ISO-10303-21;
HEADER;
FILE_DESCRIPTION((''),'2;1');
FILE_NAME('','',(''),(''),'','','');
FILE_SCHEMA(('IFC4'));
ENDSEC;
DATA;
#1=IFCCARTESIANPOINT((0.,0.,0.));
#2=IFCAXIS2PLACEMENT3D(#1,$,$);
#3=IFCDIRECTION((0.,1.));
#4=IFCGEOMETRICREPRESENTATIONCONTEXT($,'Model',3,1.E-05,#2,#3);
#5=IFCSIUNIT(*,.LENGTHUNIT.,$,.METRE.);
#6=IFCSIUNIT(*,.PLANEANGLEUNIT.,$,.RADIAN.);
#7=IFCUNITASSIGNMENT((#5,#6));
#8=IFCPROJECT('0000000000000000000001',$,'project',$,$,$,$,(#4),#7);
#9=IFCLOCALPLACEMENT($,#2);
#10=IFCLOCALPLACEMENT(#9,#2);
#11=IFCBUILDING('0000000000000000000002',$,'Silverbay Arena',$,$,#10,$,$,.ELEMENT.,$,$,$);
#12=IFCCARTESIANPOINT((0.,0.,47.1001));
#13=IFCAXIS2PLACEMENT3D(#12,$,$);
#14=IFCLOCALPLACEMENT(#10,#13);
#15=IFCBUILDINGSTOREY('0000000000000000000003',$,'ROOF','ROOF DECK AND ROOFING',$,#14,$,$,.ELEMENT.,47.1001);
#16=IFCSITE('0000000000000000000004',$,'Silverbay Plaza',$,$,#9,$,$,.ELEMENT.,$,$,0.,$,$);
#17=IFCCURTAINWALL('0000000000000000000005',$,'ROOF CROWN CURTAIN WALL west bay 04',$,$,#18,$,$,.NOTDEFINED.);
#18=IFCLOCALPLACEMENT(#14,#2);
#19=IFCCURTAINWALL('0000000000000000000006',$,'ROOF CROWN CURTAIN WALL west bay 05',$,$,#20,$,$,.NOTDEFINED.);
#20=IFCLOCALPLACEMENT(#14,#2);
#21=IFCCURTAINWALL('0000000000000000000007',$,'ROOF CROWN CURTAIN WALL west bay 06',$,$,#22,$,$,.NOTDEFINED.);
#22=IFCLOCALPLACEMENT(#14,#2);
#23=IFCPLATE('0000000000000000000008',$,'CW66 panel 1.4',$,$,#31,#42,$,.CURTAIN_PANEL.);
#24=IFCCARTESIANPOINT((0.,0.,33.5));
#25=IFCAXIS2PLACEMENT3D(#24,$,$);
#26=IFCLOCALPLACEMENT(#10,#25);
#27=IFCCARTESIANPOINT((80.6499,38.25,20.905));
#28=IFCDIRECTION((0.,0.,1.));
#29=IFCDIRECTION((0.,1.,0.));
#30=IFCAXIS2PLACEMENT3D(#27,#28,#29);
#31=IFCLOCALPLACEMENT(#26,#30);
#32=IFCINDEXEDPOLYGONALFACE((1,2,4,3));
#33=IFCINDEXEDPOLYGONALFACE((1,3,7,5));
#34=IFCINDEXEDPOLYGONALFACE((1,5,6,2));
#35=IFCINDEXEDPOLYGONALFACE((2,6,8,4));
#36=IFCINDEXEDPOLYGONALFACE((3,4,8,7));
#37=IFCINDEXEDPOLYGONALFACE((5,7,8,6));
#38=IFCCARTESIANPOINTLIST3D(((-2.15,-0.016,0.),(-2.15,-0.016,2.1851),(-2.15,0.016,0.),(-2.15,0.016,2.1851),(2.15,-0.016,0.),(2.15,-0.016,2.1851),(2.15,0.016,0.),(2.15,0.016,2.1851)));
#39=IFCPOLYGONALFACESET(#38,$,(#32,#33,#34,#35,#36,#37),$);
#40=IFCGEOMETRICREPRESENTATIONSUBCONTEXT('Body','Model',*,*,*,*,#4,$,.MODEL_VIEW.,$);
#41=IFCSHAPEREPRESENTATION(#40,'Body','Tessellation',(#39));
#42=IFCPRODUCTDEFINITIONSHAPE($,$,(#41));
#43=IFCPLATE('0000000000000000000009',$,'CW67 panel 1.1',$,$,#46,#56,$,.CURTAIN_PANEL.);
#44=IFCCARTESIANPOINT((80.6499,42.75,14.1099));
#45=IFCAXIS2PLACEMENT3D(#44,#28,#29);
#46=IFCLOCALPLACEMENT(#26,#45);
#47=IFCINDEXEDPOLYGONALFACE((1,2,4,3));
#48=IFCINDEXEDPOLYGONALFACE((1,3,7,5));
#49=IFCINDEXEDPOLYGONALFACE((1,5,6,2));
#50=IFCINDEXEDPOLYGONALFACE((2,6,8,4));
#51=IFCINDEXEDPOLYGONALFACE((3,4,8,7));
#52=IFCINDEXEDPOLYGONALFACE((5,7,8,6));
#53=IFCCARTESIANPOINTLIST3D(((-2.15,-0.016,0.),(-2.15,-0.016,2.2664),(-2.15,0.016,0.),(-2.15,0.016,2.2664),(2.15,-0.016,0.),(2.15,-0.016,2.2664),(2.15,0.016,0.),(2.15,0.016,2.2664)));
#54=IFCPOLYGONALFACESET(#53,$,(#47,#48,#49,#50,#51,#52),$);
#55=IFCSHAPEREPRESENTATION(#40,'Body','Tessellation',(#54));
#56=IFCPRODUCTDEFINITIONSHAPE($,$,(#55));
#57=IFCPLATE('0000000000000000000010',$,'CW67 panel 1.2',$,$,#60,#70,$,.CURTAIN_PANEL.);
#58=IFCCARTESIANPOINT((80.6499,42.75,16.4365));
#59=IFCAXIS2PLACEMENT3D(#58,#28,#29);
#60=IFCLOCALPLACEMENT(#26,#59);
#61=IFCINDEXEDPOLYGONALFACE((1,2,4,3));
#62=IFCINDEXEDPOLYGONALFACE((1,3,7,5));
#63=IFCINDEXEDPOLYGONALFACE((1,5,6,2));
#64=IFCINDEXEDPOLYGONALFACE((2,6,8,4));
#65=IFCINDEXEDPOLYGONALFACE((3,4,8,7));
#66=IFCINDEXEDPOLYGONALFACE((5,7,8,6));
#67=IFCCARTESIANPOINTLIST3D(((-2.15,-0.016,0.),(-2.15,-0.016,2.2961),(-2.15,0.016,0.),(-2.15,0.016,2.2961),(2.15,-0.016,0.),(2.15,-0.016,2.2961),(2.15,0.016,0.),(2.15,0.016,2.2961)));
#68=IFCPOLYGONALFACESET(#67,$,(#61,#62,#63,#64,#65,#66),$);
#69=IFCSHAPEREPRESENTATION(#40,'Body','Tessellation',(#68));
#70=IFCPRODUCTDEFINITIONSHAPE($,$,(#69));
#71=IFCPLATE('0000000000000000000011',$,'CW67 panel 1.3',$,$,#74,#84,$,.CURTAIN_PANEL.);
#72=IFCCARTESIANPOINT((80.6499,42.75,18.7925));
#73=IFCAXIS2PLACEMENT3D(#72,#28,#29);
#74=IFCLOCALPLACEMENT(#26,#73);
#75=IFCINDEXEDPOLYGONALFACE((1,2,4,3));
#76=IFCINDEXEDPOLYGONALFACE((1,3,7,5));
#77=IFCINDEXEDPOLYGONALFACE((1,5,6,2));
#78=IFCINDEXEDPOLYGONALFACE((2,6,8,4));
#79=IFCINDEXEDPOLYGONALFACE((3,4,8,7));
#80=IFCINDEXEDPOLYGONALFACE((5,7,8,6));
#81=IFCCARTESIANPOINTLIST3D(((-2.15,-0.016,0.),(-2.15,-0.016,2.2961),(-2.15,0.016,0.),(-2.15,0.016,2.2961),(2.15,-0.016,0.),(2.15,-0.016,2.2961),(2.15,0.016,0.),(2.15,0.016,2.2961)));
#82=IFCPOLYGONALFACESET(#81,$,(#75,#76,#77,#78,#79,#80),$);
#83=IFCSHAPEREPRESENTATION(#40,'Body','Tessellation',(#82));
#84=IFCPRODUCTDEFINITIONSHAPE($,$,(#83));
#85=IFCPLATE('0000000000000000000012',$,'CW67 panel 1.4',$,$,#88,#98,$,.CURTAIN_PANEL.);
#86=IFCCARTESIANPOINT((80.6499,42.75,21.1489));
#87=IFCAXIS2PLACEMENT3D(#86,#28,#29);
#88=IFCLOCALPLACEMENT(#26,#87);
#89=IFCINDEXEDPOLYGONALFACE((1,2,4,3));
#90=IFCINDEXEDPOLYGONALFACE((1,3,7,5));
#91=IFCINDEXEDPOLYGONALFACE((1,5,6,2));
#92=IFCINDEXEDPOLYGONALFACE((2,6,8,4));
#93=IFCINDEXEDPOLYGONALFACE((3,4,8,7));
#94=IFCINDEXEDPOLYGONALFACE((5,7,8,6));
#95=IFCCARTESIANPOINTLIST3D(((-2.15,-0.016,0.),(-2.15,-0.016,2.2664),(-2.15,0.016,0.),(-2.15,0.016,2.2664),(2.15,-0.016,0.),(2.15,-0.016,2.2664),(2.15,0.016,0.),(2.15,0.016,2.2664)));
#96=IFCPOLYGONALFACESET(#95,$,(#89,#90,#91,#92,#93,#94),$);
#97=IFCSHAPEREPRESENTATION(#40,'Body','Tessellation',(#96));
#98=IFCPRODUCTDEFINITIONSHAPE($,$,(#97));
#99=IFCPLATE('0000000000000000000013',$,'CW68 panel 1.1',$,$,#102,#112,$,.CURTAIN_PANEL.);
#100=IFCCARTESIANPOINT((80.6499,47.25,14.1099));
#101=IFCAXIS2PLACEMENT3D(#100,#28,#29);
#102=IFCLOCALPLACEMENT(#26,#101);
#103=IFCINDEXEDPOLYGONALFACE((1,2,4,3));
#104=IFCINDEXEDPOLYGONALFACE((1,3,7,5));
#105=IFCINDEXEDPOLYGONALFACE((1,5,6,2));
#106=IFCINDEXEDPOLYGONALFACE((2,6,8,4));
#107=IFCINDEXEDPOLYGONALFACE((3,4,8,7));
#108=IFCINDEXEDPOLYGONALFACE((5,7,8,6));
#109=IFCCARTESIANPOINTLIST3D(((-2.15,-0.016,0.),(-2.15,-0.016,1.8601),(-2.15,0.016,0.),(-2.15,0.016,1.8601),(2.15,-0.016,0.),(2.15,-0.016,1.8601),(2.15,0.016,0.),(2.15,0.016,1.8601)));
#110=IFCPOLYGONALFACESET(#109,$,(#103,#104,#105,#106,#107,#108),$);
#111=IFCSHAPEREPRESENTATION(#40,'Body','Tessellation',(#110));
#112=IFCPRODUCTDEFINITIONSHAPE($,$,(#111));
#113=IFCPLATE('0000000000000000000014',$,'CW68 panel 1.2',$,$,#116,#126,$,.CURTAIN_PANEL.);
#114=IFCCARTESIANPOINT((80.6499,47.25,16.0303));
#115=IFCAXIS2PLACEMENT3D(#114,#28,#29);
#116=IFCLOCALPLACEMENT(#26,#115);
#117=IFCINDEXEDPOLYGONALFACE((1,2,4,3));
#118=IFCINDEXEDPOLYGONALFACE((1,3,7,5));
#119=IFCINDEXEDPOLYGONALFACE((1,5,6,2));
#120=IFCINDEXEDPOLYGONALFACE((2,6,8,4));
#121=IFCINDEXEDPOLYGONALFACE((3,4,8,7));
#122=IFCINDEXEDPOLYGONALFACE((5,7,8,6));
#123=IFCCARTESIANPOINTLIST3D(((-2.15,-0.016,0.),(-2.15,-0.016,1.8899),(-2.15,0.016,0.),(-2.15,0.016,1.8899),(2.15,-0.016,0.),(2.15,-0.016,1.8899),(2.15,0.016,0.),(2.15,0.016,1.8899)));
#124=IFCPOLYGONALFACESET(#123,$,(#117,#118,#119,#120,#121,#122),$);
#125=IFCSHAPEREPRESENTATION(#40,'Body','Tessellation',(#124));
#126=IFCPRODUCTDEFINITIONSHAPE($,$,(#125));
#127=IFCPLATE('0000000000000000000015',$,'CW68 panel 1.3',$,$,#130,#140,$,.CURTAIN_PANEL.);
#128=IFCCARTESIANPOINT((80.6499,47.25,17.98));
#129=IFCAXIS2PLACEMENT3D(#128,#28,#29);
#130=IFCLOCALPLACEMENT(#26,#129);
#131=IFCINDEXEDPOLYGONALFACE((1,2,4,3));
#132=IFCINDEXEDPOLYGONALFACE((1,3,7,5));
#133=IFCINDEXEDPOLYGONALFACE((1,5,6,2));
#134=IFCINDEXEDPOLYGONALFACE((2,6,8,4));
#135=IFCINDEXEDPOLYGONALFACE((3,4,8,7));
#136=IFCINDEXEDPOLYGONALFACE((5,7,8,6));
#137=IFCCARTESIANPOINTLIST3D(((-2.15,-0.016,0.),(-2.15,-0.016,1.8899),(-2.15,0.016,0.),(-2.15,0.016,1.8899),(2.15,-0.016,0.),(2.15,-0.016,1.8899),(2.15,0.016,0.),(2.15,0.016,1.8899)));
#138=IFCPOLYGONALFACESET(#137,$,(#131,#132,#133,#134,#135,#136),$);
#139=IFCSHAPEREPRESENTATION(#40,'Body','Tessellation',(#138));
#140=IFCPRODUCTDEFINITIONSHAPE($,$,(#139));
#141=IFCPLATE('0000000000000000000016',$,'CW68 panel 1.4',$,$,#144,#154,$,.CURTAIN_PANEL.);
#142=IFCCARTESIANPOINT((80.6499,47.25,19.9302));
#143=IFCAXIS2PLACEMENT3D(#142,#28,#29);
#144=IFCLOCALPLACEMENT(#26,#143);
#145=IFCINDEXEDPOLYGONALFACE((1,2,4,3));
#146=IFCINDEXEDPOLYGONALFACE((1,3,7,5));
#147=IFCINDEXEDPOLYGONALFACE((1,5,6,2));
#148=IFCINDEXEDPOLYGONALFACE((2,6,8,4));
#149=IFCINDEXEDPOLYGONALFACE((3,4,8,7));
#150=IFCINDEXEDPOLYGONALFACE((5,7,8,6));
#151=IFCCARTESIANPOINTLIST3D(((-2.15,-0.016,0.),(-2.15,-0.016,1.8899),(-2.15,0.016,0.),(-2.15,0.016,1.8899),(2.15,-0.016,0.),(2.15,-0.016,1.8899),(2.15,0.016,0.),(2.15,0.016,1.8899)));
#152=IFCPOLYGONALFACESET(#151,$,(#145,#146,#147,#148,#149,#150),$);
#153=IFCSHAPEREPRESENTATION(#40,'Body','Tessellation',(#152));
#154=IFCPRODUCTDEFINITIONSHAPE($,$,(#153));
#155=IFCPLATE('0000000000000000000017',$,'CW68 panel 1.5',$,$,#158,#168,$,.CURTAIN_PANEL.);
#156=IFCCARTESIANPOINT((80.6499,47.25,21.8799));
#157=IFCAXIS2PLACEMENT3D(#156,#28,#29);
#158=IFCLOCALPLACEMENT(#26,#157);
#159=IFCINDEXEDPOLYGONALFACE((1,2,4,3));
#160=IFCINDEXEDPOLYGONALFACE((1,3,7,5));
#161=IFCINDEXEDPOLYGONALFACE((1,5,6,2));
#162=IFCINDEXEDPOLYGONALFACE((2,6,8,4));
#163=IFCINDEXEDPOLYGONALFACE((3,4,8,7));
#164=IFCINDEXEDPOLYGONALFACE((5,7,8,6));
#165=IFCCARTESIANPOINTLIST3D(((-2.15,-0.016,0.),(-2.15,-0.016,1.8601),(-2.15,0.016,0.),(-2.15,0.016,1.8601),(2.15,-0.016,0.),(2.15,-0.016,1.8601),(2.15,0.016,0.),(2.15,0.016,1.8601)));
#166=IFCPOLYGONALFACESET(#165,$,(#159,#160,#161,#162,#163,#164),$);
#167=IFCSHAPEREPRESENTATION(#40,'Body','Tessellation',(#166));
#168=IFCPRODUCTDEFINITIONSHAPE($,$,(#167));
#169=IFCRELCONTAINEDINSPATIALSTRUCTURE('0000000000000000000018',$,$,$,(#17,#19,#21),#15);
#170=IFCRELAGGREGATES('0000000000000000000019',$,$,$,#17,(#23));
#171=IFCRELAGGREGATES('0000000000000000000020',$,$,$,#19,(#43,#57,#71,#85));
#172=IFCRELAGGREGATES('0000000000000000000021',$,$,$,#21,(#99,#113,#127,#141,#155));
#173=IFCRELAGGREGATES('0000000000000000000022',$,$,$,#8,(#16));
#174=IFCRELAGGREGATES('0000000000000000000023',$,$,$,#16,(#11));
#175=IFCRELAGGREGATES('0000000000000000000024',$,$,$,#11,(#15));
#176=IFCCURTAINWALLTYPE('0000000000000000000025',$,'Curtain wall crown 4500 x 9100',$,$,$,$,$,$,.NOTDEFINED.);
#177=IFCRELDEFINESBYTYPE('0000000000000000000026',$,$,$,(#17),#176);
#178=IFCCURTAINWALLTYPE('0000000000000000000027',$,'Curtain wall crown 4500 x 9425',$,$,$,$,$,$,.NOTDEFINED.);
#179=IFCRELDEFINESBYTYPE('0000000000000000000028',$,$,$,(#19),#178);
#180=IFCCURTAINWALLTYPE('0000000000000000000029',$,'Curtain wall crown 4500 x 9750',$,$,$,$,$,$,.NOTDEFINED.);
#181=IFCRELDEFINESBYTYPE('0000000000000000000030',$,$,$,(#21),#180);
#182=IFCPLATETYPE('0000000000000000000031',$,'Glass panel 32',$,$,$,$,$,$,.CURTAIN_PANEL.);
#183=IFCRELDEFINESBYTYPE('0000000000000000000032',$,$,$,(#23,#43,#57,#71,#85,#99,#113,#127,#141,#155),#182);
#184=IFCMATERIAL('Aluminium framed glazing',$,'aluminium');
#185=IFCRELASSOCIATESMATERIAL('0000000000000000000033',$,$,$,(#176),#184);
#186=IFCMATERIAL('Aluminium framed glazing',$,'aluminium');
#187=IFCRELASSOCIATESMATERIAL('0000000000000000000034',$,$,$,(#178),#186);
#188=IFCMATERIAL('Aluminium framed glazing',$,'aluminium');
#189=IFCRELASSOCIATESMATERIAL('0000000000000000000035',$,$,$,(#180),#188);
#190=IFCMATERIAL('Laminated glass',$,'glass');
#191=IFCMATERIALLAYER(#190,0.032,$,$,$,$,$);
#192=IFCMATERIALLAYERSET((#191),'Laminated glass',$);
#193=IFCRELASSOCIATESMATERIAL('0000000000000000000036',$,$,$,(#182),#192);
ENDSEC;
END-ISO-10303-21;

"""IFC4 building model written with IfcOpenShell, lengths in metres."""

from ifc_helpers import new_model, si_unit, direction, frame, origin, origin_2d, place, context, subcontext, project, spatial, rectangle, extrude, material, layer, layer_set, type_object, element, aggregate, save


model = new_model("IFC4")

# Units and contexts
model_context = context("Model", 3, precision=1e-05, world=origin(), true_north=direction((0.0, 1.0)))
body_context = subcontext(model_context, "Body", "Model", "MODEL_VIEW")
ifc_project = project(units=[si_unit("LENGTHUNIT", "METRE"), si_unit("PLANEANGLEUNIT", "RADIAN")], contexts=[model_context])

# Site, building, storey
site_placement = place(None, origin())
site = spatial("IfcSite", under=ifc_project, at=site_placement, Name="Silverbay Plaza", CompositionType="ELEMENT", RefElevation=0.0)
building_placement = place(site_placement, origin())
building = spatial("IfcBuilding", under=site, at=building_placement, Name="Silverbay Arena", CompositionType="ELEMENT")
storey_placement = place(building_placement, frame((0.0, 0.0, 47.1001)))
storey = spatial("IfcBuildingStorey", under=building, at=storey_placement, Name="ROOF", Description="ROOF DECK AND ROOFING", CompositionType="ELEMENT", Elevation=47.1001)

# Curtain wall
ifc_material_1 = material(Name="Aluminium framed glazing", Category="aluminium")
curtain_wall_type_1 = type_object("IfcCurtainWallType", Name="Curtain wall crown 4500 x 9100", PredefinedType="NOTDEFINED", material=ifc_material_1)
curtain_wall_1_placement = place(storey_placement, origin())
curtain_wall_1 = element("IfcCurtainWall", 1, at=curtain_wall_1_placement, inside=storey, type_object=curtain_wall_type_1, Name="ROOF CROWN CURTAIN WALL west bay 04", PredefinedType="NOTDEFINED")
placement = place(building_placement, frame((0.0, 0.0, 33.5)))

# Curtain walls
ifc_material_2 = material(Name="Aluminium framed glazing", Category="aluminium")
curtain_wall_type_2 = type_object("IfcCurtainWallType", Name="Curtain wall crown 4500 x 9425", PredefinedType="NOTDEFINED", material=ifc_material_2)
curtain_wall_2_placement = place(storey_placement, origin())
curtain_wall_2 = element("IfcCurtainWall", 2, at=curtain_wall_2_placement, inside=storey, type_object=curtain_wall_type_2, Name="ROOF CROWN CURTAIN WALL west bay 05", PredefinedType="NOTDEFINED")
ifc_material_3 = material(Name="Aluminium framed glazing", Category="aluminium")
curtain_wall_type_3 = type_object("IfcCurtainWallType", Name="Curtain wall crown 4500 x 9750", PredefinedType="NOTDEFINED", material=ifc_material_3)
curtain_wall_3_placement = place(storey_placement, origin())
curtain_wall_3 = element("IfcCurtainWall", 3, at=curtain_wall_3_placement, inside=storey, type_object=curtain_wall_type_3, Name="ROOF CROWN CURTAIN WALL west bay 06", PredefinedType="NOTDEFINED")

# Plates
ifc_material_4 = material(Name="Laminated glass", Category="glass")
ifc_layer = layer(ifc_material_4, 0.032)
ifc_layer_set = layer_set([ifc_layer], Name="Laminated glass")
plate_type = type_object("IfcPlateType", Name="Glass panel 32", PredefinedType="CURTAIN_PANEL", material=ifc_layer_set)
plate_1_placement = place(placement, frame((80.6499, 38.25, 20.905), z_axis=(0.0, 0.0, 1.0), x_axis=(0.0, 1.0, 0.0)))
plate_1 = element("IfcPlate", 4, at=plate_1_placement, type_object=plate_type, Name="CW66 panel 1.4", PredefinedType="CURTAIN_PANEL", context=body_context, shape_type="SweptSolid", body=[
    extrude(rectangle(XDim=4.3, YDim=0.032, at=origin_2d()), origin(), (0.0, 0.0, 1.0), 2.1851),
])
aggregate(curtain_wall_1, [plate_1])
plate_2_placement = place(placement, frame((80.6499, 42.75, 14.1099), z_axis=(0.0, 0.0, 1.0), x_axis=(0.0, 1.0, 0.0)))
plate_2 = element("IfcPlate", 5, at=plate_2_placement, type_object=plate_type, Name="CW67 panel 1.1", PredefinedType="CURTAIN_PANEL", context=body_context, shape_type="SweptSolid", body=[
    extrude(rectangle(XDim=4.3, YDim=0.032, at=origin_2d()), origin(), (0.0, 0.0, 1.0), 2.2664),
])
plate_3_placement = place(placement, frame((80.6499, 42.75, 16.4365), z_axis=(0.0, 0.0, 1.0), x_axis=(0.0, 1.0, 0.0)))
plate_3 = element("IfcPlate", 6, at=plate_3_placement, type_object=plate_type, Name="CW67 panel 1.2", PredefinedType="CURTAIN_PANEL", context=body_context, shape_type="SweptSolid", body=[
    extrude(rectangle(XDim=4.3, YDim=0.032, at=origin_2d()), origin(), (0.0, 0.0, 1.0), 2.2961),
])
plate_4_placement = place(placement, frame((80.6499, 42.75, 18.7925), z_axis=(0.0, 0.0, 1.0), x_axis=(0.0, 1.0, 0.0)))
plate_4 = element("IfcPlate", 7, at=plate_4_placement, type_object=plate_type, Name="CW67 panel 1.3", PredefinedType="CURTAIN_PANEL", context=body_context, shape_type="SweptSolid", body=[
    extrude(rectangle(XDim=4.3, YDim=0.032, at=origin_2d()), origin(), (0.0, 0.0, 1.0), 2.2961),
])
plate_5_placement = place(placement, frame((80.6499, 42.75, 21.1489), z_axis=(0.0, 0.0, 1.0), x_axis=(0.0, 1.0, 0.0)))
plate_5 = element("IfcPlate", 8, at=plate_5_placement, type_object=plate_type, Name="CW67 panel 1.4", PredefinedType="CURTAIN_PANEL", context=body_context, shape_type="SweptSolid", body=[
    extrude(rectangle(XDim=4.3, YDim=0.032, at=origin_2d()), origin(), (0.0, 0.0, 1.0), 2.2664),
])
aggregate(curtain_wall_2, [plate_2, plate_3, plate_4, plate_5])
plate_6_placement = place(placement, frame((80.6499, 47.25, 14.1099), z_axis=(0.0, 0.0, 1.0), x_axis=(0.0, 1.0, 0.0)))
plate_6 = element("IfcPlate", 9, at=plate_6_placement, type_object=plate_type, Name="CW68 panel 1.1", PredefinedType="CURTAIN_PANEL", context=body_context, shape_type="SweptSolid", body=[
    extrude(rectangle(XDim=4.3, YDim=0.032, at=origin_2d()), origin(), (0.0, 0.0, 1.0), 1.8601),
])
plate_7_placement = place(placement, frame((80.6499, 47.25, 16.0303), z_axis=(0.0, 0.0, 1.0), x_axis=(0.0, 1.0, 0.0)))
plate_7 = element("IfcPlate", 10, at=plate_7_placement, type_object=plate_type, Name="CW68 panel 1.2", PredefinedType="CURTAIN_PANEL", context=body_context, shape_type="SweptSolid", body=[
    extrude(rectangle(XDim=4.3, YDim=0.032, at=origin_2d()), origin(), (0.0, 0.0, 1.0), 1.8899),
])
plate_8_placement = place(placement, frame((80.6499, 47.25, 17.98), z_axis=(0.0, 0.0, 1.0), x_axis=(0.0, 1.0, 0.0)))
plate_8 = element("IfcPlate", 11, at=plate_8_placement, type_object=plate_type, Name="CW68 panel 1.3", PredefinedType="CURTAIN_PANEL", context=body_context, shape_type="SweptSolid", body=[
    extrude(rectangle(XDim=4.3, YDim=0.032, at=origin_2d()), origin(), (0.0, 0.0, 1.0), 1.8899),
])
plate_9_placement = place(placement, frame((80.6499, 47.25, 19.9302), z_axis=(0.0, 0.0, 1.0), x_axis=(0.0, 1.0, 0.0)))
plate_9 = element("IfcPlate", 12, at=plate_9_placement, type_object=plate_type, Name="CW68 panel 1.4", PredefinedType="CURTAIN_PANEL", context=body_context, shape_type="SweptSolid", body=[
    extrude(rectangle(XDim=4.3, YDim=0.032, at=origin_2d()), origin(), (0.0, 0.0, 1.0), 1.8899),
])
plate_10_placement = place(placement, frame((80.6499, 47.25, 21.8799), z_axis=(0.0, 0.0, 1.0), x_axis=(0.0, 1.0, 0.0)))
plate_10 = element("IfcPlate", 13, at=plate_10_placement, type_object=plate_type, Name="CW68 panel 1.5", PredefinedType="CURTAIN_PANEL", context=body_context, shape_type="SweptSolid", body=[
    extrude(rectangle(XDim=4.3, YDim=0.032, at=origin_2d()), origin(), (0.0, 0.0, 1.0), 1.8601),
])
aggregate(curtain_wall_3, [plate_6, plate_7, plate_8, plate_9, plate_10])

save(model, "model.ifc")
